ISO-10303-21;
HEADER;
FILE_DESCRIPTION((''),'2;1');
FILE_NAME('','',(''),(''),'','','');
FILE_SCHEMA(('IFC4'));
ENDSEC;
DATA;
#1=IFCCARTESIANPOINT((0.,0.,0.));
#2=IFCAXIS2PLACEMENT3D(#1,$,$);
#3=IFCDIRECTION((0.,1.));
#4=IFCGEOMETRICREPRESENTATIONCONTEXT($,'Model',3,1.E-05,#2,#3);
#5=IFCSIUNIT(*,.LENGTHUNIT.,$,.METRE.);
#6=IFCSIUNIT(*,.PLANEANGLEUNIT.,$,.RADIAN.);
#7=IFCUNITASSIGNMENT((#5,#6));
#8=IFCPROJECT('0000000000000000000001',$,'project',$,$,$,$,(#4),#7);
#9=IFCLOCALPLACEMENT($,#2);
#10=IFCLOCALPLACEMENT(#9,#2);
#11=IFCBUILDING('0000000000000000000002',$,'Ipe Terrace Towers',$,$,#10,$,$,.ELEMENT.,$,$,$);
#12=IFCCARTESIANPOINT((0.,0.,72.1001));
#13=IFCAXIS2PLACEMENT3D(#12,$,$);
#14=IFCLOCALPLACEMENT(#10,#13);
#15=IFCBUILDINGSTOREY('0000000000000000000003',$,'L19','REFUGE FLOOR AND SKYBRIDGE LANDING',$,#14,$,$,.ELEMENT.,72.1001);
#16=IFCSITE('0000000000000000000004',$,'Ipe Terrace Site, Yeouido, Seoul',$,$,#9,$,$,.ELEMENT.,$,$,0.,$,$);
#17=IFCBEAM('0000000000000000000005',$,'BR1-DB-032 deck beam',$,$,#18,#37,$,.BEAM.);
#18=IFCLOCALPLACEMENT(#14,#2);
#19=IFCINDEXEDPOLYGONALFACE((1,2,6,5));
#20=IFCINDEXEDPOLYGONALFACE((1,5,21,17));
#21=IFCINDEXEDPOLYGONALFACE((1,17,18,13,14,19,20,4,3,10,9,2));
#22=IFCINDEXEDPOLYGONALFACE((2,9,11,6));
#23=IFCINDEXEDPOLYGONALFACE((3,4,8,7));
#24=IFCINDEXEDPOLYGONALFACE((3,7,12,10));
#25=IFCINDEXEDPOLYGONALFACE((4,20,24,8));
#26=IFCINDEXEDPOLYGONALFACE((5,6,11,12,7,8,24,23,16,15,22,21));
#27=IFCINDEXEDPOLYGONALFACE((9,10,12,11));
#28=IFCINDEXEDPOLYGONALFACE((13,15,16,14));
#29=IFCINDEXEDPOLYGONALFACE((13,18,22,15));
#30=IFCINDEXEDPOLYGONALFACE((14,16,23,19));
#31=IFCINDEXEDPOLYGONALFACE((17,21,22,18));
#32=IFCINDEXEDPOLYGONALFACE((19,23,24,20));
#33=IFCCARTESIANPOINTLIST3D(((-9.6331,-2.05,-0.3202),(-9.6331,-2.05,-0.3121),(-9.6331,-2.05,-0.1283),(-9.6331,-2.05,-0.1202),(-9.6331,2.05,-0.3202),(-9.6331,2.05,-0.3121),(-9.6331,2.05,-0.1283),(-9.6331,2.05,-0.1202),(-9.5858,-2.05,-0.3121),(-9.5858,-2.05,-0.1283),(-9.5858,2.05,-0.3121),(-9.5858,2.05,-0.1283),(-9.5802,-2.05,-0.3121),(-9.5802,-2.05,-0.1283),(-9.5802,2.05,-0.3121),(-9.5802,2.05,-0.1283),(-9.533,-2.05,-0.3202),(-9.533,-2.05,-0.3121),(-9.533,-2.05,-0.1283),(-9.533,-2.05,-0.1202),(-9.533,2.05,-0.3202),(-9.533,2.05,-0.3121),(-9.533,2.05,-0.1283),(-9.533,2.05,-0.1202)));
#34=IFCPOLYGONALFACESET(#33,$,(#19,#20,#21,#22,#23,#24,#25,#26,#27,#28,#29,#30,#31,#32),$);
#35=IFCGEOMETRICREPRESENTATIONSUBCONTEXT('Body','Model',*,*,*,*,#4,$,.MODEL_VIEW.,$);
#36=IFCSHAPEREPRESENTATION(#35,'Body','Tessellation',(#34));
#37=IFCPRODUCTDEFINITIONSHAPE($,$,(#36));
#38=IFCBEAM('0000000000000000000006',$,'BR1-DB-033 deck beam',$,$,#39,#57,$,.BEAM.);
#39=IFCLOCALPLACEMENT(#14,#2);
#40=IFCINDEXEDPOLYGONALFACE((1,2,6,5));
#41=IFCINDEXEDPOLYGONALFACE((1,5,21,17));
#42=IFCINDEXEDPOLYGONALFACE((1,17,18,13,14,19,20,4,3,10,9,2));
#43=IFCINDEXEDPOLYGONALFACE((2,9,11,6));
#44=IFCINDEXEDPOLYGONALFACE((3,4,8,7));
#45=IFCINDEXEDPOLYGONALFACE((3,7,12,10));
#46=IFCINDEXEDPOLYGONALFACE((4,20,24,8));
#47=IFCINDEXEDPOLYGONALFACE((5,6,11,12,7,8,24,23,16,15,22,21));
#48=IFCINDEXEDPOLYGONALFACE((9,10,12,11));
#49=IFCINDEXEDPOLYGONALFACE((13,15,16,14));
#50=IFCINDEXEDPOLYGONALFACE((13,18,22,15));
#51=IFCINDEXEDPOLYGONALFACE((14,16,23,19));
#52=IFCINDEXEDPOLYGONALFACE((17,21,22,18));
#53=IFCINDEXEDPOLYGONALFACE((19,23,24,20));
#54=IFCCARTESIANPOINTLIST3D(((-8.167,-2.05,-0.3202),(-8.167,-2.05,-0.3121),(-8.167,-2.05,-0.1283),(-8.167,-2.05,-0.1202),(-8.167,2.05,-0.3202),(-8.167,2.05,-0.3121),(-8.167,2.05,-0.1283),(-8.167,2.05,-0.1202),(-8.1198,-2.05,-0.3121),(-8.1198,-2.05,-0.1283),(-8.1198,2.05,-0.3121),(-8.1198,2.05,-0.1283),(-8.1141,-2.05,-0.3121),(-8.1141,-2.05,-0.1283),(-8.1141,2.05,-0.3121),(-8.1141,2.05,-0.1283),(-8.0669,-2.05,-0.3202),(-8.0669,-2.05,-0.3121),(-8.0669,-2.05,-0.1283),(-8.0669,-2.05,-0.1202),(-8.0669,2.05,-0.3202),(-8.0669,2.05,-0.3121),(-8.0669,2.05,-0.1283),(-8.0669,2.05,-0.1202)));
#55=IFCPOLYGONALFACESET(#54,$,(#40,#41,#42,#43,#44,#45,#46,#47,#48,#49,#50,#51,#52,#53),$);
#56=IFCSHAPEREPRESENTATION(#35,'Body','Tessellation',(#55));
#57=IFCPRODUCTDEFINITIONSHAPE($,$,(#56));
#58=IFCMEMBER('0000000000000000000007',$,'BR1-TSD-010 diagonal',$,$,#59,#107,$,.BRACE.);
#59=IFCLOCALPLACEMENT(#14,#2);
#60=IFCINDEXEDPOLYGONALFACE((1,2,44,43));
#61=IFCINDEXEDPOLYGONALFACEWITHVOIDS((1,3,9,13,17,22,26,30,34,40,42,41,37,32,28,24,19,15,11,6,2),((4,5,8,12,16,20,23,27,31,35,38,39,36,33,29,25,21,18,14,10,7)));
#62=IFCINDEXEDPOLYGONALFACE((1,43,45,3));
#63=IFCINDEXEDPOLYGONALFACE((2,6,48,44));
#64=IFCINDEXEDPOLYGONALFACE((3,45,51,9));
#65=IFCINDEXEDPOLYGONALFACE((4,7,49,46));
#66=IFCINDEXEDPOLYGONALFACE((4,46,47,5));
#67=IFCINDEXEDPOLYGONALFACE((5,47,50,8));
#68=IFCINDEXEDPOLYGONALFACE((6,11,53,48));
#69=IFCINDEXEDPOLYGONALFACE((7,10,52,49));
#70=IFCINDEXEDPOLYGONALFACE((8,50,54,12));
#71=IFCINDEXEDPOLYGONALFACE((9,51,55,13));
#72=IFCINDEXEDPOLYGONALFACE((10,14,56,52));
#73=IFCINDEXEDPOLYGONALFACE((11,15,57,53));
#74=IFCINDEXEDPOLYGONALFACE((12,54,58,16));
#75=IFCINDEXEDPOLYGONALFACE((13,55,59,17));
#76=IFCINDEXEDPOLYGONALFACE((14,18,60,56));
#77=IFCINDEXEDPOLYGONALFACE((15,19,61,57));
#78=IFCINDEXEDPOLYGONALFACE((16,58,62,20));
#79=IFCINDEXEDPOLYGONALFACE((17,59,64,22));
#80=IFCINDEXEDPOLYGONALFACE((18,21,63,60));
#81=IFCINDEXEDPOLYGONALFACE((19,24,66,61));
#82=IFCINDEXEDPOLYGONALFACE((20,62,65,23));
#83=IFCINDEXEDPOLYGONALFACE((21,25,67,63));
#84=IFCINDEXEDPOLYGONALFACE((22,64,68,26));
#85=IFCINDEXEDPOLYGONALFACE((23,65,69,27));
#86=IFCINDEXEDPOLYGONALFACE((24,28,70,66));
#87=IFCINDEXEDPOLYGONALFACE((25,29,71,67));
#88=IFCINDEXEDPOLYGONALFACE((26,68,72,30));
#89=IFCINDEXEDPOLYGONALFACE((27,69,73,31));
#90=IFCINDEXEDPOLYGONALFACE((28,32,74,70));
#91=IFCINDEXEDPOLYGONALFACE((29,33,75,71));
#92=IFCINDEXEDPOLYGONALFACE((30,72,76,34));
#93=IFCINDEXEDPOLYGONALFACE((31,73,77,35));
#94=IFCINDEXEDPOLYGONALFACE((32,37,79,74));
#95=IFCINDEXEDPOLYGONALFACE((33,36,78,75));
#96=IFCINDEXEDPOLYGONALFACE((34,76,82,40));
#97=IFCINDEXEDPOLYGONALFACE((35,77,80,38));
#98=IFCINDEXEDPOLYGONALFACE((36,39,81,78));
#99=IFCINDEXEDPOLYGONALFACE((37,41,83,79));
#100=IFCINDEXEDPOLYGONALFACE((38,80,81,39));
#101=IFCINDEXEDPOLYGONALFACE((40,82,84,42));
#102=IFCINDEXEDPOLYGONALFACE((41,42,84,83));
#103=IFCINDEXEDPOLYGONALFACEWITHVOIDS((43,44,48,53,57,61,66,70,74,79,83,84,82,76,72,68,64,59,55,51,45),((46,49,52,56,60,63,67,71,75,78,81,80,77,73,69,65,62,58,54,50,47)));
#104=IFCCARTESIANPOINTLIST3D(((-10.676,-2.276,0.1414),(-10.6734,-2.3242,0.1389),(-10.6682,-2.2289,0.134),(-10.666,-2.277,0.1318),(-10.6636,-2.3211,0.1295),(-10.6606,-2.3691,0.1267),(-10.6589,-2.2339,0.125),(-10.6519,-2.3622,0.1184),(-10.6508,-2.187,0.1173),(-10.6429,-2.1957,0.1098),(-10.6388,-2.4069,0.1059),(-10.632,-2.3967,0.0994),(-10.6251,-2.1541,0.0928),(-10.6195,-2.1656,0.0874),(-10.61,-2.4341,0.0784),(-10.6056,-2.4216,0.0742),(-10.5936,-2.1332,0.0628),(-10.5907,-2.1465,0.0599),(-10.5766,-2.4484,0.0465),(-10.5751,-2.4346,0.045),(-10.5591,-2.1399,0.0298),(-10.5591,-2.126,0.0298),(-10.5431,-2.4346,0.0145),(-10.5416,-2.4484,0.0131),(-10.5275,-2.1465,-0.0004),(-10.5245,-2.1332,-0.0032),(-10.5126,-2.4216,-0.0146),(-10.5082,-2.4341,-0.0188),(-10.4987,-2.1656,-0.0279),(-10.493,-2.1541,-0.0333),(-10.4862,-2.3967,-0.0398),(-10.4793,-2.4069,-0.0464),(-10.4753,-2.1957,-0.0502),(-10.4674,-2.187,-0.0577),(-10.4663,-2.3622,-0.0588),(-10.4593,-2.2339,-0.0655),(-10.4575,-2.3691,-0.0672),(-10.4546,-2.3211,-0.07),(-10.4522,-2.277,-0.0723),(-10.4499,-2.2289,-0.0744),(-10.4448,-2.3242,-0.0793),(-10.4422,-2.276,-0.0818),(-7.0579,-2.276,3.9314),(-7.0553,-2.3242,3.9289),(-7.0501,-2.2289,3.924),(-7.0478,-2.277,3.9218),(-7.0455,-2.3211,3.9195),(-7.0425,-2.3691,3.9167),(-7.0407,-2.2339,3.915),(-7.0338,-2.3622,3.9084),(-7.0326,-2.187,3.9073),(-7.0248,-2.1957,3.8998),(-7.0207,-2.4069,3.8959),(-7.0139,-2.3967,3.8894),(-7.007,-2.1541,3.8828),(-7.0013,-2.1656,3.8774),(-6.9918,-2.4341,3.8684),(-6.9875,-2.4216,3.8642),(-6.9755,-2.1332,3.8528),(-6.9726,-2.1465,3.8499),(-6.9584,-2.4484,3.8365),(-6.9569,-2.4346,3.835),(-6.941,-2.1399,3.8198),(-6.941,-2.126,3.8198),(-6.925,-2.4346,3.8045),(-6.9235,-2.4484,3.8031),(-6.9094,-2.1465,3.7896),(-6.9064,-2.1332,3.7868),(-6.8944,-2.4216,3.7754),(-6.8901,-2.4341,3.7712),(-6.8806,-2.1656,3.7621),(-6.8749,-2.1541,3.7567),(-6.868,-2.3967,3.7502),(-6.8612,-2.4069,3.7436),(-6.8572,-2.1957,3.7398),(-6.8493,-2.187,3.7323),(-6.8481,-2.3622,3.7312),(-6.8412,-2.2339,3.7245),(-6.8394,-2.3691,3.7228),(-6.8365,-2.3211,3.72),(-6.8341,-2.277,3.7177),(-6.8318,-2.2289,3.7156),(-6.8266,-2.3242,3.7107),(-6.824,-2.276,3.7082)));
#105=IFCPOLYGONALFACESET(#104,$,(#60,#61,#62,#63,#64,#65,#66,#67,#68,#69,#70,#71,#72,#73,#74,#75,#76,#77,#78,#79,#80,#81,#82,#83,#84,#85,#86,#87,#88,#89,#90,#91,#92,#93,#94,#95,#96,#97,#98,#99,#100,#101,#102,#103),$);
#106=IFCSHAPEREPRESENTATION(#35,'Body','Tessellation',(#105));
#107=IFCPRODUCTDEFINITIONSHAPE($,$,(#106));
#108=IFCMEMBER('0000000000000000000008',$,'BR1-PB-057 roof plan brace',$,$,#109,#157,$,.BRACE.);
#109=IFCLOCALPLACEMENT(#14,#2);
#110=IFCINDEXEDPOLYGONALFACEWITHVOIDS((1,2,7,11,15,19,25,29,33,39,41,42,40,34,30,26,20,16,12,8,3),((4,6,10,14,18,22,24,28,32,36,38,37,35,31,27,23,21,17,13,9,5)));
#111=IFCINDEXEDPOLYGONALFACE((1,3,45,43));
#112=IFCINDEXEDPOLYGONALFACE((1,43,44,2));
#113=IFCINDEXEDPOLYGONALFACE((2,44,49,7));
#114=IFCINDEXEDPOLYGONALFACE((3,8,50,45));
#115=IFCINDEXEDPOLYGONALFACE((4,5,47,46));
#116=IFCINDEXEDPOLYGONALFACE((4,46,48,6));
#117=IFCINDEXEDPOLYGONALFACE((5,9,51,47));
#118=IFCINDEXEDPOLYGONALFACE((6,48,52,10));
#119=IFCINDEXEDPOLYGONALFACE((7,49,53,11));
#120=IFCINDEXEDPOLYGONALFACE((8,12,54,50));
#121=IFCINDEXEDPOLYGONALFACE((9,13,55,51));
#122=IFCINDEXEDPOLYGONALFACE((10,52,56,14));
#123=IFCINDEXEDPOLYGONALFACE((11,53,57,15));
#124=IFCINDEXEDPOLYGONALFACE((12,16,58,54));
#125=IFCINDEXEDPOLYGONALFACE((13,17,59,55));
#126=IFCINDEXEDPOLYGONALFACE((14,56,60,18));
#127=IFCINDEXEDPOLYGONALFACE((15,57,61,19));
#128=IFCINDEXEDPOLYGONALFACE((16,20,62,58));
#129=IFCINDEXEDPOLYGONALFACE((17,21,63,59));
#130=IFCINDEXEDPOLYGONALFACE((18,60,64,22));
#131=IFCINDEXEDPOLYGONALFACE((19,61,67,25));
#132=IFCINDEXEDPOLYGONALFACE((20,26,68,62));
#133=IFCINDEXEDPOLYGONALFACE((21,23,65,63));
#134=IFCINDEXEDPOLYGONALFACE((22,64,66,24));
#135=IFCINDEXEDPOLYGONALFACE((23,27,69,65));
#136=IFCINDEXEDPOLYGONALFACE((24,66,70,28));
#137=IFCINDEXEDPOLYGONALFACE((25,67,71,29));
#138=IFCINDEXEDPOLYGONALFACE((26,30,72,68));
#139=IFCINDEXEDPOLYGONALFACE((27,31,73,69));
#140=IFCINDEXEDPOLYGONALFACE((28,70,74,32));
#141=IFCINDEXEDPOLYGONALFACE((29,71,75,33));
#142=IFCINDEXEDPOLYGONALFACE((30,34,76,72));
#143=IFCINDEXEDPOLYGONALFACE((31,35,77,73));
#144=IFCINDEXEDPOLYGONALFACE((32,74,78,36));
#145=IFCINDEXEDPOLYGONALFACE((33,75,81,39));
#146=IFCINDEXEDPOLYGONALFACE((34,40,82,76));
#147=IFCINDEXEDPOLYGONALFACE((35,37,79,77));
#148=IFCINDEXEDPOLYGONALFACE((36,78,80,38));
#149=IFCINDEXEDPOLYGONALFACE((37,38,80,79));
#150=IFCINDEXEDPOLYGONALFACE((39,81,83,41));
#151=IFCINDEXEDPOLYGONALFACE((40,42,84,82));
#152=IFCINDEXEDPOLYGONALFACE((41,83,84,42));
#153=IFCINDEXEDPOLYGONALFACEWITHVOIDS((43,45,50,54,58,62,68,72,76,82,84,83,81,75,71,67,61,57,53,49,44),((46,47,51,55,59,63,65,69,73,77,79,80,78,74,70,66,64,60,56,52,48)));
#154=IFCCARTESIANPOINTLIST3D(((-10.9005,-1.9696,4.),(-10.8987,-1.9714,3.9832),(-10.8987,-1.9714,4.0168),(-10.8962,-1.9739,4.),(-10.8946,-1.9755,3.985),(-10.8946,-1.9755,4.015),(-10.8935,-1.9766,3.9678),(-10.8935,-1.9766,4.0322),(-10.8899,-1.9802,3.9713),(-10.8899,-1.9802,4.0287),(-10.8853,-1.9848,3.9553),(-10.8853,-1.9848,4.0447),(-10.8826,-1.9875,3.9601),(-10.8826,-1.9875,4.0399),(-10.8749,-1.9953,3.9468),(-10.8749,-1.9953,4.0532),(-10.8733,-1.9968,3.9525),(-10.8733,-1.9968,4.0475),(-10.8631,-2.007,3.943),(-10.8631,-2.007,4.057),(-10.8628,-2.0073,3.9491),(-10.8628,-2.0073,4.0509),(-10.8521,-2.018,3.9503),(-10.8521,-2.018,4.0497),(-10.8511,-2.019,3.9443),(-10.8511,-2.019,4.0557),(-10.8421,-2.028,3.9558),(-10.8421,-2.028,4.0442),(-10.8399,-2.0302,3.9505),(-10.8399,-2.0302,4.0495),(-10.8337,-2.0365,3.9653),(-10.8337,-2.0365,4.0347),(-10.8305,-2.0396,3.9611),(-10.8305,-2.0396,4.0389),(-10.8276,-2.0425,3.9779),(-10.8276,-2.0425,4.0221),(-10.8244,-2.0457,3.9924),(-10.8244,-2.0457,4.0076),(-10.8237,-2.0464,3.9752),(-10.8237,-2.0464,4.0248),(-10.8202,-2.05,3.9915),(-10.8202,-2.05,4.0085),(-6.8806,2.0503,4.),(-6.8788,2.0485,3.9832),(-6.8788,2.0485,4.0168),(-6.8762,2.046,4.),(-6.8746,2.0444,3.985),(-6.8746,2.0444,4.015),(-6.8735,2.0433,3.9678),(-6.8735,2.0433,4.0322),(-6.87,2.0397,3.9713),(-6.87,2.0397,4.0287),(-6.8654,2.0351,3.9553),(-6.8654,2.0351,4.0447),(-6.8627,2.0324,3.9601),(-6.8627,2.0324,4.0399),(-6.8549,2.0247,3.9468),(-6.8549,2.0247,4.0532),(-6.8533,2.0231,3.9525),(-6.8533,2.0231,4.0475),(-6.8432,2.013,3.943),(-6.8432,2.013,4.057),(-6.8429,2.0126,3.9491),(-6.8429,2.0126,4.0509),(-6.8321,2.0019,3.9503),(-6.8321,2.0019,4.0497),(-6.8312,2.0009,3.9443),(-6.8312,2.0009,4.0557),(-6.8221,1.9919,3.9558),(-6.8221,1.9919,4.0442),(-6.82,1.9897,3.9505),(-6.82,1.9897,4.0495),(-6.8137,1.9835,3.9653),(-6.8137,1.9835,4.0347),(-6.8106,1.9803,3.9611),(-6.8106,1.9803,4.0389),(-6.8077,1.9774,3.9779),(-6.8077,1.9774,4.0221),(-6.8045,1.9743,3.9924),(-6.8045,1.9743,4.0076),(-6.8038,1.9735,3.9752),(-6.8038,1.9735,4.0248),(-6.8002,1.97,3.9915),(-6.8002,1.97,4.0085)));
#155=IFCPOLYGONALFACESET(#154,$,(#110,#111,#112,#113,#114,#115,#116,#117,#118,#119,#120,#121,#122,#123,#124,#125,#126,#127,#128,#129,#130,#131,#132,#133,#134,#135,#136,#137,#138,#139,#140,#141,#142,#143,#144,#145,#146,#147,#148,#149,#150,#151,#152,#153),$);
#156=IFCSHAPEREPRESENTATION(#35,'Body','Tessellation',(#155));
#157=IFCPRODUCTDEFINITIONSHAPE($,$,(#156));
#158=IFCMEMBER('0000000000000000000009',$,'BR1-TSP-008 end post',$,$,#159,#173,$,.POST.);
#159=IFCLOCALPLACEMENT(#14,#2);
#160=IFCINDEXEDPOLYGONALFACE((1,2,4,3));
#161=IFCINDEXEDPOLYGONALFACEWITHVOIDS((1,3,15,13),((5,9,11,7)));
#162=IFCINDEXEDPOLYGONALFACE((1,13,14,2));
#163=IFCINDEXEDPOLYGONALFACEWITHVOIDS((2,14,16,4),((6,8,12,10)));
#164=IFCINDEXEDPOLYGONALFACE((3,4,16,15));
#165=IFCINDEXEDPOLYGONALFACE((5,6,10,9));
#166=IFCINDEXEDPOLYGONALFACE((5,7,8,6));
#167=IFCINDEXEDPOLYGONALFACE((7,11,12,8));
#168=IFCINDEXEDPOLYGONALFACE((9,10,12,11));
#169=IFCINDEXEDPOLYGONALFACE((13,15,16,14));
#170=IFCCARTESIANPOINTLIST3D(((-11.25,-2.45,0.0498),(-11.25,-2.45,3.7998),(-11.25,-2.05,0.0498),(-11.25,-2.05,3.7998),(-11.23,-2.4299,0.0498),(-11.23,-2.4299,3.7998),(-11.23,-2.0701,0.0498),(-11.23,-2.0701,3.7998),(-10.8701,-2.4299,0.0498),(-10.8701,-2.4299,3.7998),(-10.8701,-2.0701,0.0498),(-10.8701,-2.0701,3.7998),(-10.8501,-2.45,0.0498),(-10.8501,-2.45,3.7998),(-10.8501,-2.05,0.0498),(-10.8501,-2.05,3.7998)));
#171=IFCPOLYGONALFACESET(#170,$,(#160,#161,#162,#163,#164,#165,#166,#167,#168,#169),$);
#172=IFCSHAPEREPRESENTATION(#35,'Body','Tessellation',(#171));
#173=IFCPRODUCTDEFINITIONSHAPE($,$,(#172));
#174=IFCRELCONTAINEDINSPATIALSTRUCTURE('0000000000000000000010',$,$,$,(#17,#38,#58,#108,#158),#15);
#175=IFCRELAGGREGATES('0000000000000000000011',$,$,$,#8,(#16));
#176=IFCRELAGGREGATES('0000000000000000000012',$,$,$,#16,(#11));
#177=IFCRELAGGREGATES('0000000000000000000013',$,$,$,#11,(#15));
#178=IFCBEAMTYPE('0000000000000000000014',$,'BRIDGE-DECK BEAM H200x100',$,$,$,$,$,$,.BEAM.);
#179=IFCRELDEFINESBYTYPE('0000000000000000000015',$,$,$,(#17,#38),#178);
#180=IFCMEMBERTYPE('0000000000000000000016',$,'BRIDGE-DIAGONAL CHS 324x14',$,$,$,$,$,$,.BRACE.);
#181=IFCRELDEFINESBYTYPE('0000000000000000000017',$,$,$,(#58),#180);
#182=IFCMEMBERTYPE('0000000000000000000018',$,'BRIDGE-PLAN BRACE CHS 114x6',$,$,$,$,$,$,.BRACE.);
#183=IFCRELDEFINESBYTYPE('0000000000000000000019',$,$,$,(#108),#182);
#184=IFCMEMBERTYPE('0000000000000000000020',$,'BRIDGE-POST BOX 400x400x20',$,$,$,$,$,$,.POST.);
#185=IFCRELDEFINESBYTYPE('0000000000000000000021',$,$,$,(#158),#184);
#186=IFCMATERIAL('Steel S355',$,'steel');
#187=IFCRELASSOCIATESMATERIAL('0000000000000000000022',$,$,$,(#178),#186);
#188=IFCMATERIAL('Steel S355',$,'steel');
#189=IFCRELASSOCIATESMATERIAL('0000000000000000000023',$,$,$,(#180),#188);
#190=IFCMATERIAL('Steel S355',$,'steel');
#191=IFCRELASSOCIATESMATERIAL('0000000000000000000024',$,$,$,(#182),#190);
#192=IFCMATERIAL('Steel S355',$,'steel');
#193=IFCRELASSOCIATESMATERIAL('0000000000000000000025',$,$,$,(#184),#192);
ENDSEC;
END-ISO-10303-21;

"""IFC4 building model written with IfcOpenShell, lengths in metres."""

from ifc_helpers import new_model, si_unit, direction, frame, origin, origin_2d, place, context, subcontext, project, spatial, hollow_rectangle, hollow_circle, i_section, extrude, material, material_profile, profile_set, type_object, element, save


model = new_model("IFC4")

# Units and contexts
model_context = context("Model", 3, precision=1e-05, world=origin(), true_north=direction((0.0, 1.0)))
body_context = subcontext(model_context, "Body", "Model", "MODEL_VIEW")
ifc_project = project(units=[si_unit("LENGTHUNIT", "METRE"), si_unit("PLANEANGLEUNIT", "RADIAN")], contexts=[model_context])

# Site, building, storey
site_placement = place(None, origin())
site = spatial("IfcSite", under=ifc_project, at=site_placement, Name="Ipe Terrace Site, Yeouido, Seoul", CompositionType="ELEMENT", RefElevation=0.0)
building_placement = place(site_placement, origin())
building = spatial("IfcBuilding", under=site, at=building_placement, Name="Ipe Terrace Towers", CompositionType="ELEMENT")
storey_placement = place(building_placement, frame((0.0, 0.0, 72.1001)))
storey = spatial("IfcBuildingStorey", under=building, at=storey_placement, Name="L19", Description="REFUGE FLOOR AND SKYBRIDGE LANDING", CompositionType="ELEMENT", Elevation=72.1001)

# Beams
ifc_material_1 = material(Name="Steel S355", Category="steel")
ifc_material_profile_1 = material_profile(ifc_material_1, i_section(OverallWidth=0.1001, OverallDepth=0.2, WebThickness=0.0056, FlangeThickness=0.0081, at=origin_2d()), Name="H200x100")
ifc_profile_set_1 = profile_set([ifc_material_profile_1], Name="Steel S355")
beam_type_1 = type_object("IfcBeamType", Name="BRIDGE-DECK BEAM H200x100", PredefinedType="BEAM", material=ifc_profile_set_1)
for number, where, z_axis, x_axis, name in (
    (1, (-9.583, -2.05, -0.2202), (0.0, 1.0, 0.0), (-1.0, 0.0, 0.0), "BR1-DB-032 deck beam"),
    (2, (-8.1169, -2.05, -0.2202), (0.0, 1.0, 0.0), (-1.0, 0.0, 0.0), "BR1-DB-033 deck beam"),
):
    element("IfcBeam", number, at=place(storey_placement, frame(where, z_axis=z_axis, x_axis=x_axis)), inside=storey, type_object=beam_type_1, Name=name, PredefinedType="BEAM", context=body_context, shape_type="SweptSolid", body=[
        extrude(i_section(OverallWidth=0.1001, OverallDepth=0.2, WebThickness=0.0056, FlangeThickness=0.0081, at=origin_2d()), origin(), (0.0, 0.0, 1.0), 4.1001),
    ])

# Members
ifc_material_2 = material(Name="Steel S355", Category="steel")
ifc_material_profile_2 = material_profile(ifc_material_2, hollow_circle(Radius=0.1621, WallThickness=0.0139, at=origin_2d()), Name="BRIDGE-DIAGONAL CHS 324x14")
ifc_profile_set_2 = profile_set([ifc_material_profile_2], Name="Steel S355")
member_type_1 = type_object("IfcMemberType", Name="BRIDGE-DIAGONAL CHS 324x14", PredefinedType="BRACE", material=ifc_profile_set_2)
member_1_placement = place(storey_placement, frame((-10.5591, -2.2881, 0.0298), z_axis=(0.690516, 0.0, 0.723317), x_axis=(0.0, 1.0, 0.0)))
element("IfcMember", 3, at=member_1_placement, inside=storey, type_object=member_type_1, Name="BR1-TSD-010 diagonal", PredefinedType="BRACE", context=body_context, shape_type="SweptSolid", body=[
    extrude(hollow_circle(Radius=0.1621, WallThickness=0.0139, at=origin_2d()), origin(), (0.0, 0.0, 1.0), 5.2397),
])
ifc_material_3 = material(Name="Steel S355", Category="steel")
ifc_material_profile_3 = material_profile(ifc_material_3, hollow_circle(Radius=0.0571, WallThickness=0.0061, at=origin_2d()), Name="BRIDGE-PLAN BRACE CHS 114x6")
ifc_profile_set_3 = profile_set([ifc_material_profile_3], Name="Steel S355")
member_type_2 = type_object("IfcMemberType", Name="BRIDGE-PLAN BRACE CHS 114x6", PredefinedType="BRACE", material=ifc_profile_set_3)
member_2_placement = place(storey_placement, frame((-10.8601, -2.01, 4.0), z_axis=(0.707107, 0.707107, 0.0), x_axis=(-0.707107, 0.707107, 0.0)))
element("IfcMember", 4, at=member_2_placement, inside=storey, type_object=member_type_2, Name="BR1-PB-057 roof plan brace", PredefinedType="BRACE", context=body_context, shape_type="SweptSolid", body=[
    extrude(hollow_circle(Radius=0.0571, WallThickness=0.0061, at=origin_2d()), origin(), (0.0, 0.0, 1.0), 5.6851),
])
ifc_material_4 = material(Name="Steel S355", Category="steel")
ifc_material_profile_4 = material_profile(ifc_material_4, hollow_rectangle(XDim=0.3999, YDim=0.3999, WallThickness=0.02, at=origin_2d()), Name="BRIDGE-POST BOX 400x400x20")
ifc_profile_set_4 = profile_set([ifc_material_profile_4], Name="Steel S355")
member_type_3 = type_object("IfcMemberType", Name="BRIDGE-POST BOX 400x400x20", PredefinedType="POST", material=ifc_profile_set_4)
member_3_placement = place(storey_placement, frame((-11.05, -2.25, 0.0498), z_axis=(0.0, 0.0, 1.0), x_axis=(1.0, 0.0, 0.0)))
element("IfcMember", 5, at=member_3_placement, inside=storey, type_object=member_type_3, Name="BR1-TSP-008 end post", PredefinedType="POST", context=body_context, shape_type="SweptSolid", body=[
    extrude(hollow_rectangle(XDim=0.3999, YDim=0.3999, WallThickness=0.02, at=origin_2d()), origin(), (0.0, 0.0, 1.0), 3.75),
])

save(model, "model.ifc")
